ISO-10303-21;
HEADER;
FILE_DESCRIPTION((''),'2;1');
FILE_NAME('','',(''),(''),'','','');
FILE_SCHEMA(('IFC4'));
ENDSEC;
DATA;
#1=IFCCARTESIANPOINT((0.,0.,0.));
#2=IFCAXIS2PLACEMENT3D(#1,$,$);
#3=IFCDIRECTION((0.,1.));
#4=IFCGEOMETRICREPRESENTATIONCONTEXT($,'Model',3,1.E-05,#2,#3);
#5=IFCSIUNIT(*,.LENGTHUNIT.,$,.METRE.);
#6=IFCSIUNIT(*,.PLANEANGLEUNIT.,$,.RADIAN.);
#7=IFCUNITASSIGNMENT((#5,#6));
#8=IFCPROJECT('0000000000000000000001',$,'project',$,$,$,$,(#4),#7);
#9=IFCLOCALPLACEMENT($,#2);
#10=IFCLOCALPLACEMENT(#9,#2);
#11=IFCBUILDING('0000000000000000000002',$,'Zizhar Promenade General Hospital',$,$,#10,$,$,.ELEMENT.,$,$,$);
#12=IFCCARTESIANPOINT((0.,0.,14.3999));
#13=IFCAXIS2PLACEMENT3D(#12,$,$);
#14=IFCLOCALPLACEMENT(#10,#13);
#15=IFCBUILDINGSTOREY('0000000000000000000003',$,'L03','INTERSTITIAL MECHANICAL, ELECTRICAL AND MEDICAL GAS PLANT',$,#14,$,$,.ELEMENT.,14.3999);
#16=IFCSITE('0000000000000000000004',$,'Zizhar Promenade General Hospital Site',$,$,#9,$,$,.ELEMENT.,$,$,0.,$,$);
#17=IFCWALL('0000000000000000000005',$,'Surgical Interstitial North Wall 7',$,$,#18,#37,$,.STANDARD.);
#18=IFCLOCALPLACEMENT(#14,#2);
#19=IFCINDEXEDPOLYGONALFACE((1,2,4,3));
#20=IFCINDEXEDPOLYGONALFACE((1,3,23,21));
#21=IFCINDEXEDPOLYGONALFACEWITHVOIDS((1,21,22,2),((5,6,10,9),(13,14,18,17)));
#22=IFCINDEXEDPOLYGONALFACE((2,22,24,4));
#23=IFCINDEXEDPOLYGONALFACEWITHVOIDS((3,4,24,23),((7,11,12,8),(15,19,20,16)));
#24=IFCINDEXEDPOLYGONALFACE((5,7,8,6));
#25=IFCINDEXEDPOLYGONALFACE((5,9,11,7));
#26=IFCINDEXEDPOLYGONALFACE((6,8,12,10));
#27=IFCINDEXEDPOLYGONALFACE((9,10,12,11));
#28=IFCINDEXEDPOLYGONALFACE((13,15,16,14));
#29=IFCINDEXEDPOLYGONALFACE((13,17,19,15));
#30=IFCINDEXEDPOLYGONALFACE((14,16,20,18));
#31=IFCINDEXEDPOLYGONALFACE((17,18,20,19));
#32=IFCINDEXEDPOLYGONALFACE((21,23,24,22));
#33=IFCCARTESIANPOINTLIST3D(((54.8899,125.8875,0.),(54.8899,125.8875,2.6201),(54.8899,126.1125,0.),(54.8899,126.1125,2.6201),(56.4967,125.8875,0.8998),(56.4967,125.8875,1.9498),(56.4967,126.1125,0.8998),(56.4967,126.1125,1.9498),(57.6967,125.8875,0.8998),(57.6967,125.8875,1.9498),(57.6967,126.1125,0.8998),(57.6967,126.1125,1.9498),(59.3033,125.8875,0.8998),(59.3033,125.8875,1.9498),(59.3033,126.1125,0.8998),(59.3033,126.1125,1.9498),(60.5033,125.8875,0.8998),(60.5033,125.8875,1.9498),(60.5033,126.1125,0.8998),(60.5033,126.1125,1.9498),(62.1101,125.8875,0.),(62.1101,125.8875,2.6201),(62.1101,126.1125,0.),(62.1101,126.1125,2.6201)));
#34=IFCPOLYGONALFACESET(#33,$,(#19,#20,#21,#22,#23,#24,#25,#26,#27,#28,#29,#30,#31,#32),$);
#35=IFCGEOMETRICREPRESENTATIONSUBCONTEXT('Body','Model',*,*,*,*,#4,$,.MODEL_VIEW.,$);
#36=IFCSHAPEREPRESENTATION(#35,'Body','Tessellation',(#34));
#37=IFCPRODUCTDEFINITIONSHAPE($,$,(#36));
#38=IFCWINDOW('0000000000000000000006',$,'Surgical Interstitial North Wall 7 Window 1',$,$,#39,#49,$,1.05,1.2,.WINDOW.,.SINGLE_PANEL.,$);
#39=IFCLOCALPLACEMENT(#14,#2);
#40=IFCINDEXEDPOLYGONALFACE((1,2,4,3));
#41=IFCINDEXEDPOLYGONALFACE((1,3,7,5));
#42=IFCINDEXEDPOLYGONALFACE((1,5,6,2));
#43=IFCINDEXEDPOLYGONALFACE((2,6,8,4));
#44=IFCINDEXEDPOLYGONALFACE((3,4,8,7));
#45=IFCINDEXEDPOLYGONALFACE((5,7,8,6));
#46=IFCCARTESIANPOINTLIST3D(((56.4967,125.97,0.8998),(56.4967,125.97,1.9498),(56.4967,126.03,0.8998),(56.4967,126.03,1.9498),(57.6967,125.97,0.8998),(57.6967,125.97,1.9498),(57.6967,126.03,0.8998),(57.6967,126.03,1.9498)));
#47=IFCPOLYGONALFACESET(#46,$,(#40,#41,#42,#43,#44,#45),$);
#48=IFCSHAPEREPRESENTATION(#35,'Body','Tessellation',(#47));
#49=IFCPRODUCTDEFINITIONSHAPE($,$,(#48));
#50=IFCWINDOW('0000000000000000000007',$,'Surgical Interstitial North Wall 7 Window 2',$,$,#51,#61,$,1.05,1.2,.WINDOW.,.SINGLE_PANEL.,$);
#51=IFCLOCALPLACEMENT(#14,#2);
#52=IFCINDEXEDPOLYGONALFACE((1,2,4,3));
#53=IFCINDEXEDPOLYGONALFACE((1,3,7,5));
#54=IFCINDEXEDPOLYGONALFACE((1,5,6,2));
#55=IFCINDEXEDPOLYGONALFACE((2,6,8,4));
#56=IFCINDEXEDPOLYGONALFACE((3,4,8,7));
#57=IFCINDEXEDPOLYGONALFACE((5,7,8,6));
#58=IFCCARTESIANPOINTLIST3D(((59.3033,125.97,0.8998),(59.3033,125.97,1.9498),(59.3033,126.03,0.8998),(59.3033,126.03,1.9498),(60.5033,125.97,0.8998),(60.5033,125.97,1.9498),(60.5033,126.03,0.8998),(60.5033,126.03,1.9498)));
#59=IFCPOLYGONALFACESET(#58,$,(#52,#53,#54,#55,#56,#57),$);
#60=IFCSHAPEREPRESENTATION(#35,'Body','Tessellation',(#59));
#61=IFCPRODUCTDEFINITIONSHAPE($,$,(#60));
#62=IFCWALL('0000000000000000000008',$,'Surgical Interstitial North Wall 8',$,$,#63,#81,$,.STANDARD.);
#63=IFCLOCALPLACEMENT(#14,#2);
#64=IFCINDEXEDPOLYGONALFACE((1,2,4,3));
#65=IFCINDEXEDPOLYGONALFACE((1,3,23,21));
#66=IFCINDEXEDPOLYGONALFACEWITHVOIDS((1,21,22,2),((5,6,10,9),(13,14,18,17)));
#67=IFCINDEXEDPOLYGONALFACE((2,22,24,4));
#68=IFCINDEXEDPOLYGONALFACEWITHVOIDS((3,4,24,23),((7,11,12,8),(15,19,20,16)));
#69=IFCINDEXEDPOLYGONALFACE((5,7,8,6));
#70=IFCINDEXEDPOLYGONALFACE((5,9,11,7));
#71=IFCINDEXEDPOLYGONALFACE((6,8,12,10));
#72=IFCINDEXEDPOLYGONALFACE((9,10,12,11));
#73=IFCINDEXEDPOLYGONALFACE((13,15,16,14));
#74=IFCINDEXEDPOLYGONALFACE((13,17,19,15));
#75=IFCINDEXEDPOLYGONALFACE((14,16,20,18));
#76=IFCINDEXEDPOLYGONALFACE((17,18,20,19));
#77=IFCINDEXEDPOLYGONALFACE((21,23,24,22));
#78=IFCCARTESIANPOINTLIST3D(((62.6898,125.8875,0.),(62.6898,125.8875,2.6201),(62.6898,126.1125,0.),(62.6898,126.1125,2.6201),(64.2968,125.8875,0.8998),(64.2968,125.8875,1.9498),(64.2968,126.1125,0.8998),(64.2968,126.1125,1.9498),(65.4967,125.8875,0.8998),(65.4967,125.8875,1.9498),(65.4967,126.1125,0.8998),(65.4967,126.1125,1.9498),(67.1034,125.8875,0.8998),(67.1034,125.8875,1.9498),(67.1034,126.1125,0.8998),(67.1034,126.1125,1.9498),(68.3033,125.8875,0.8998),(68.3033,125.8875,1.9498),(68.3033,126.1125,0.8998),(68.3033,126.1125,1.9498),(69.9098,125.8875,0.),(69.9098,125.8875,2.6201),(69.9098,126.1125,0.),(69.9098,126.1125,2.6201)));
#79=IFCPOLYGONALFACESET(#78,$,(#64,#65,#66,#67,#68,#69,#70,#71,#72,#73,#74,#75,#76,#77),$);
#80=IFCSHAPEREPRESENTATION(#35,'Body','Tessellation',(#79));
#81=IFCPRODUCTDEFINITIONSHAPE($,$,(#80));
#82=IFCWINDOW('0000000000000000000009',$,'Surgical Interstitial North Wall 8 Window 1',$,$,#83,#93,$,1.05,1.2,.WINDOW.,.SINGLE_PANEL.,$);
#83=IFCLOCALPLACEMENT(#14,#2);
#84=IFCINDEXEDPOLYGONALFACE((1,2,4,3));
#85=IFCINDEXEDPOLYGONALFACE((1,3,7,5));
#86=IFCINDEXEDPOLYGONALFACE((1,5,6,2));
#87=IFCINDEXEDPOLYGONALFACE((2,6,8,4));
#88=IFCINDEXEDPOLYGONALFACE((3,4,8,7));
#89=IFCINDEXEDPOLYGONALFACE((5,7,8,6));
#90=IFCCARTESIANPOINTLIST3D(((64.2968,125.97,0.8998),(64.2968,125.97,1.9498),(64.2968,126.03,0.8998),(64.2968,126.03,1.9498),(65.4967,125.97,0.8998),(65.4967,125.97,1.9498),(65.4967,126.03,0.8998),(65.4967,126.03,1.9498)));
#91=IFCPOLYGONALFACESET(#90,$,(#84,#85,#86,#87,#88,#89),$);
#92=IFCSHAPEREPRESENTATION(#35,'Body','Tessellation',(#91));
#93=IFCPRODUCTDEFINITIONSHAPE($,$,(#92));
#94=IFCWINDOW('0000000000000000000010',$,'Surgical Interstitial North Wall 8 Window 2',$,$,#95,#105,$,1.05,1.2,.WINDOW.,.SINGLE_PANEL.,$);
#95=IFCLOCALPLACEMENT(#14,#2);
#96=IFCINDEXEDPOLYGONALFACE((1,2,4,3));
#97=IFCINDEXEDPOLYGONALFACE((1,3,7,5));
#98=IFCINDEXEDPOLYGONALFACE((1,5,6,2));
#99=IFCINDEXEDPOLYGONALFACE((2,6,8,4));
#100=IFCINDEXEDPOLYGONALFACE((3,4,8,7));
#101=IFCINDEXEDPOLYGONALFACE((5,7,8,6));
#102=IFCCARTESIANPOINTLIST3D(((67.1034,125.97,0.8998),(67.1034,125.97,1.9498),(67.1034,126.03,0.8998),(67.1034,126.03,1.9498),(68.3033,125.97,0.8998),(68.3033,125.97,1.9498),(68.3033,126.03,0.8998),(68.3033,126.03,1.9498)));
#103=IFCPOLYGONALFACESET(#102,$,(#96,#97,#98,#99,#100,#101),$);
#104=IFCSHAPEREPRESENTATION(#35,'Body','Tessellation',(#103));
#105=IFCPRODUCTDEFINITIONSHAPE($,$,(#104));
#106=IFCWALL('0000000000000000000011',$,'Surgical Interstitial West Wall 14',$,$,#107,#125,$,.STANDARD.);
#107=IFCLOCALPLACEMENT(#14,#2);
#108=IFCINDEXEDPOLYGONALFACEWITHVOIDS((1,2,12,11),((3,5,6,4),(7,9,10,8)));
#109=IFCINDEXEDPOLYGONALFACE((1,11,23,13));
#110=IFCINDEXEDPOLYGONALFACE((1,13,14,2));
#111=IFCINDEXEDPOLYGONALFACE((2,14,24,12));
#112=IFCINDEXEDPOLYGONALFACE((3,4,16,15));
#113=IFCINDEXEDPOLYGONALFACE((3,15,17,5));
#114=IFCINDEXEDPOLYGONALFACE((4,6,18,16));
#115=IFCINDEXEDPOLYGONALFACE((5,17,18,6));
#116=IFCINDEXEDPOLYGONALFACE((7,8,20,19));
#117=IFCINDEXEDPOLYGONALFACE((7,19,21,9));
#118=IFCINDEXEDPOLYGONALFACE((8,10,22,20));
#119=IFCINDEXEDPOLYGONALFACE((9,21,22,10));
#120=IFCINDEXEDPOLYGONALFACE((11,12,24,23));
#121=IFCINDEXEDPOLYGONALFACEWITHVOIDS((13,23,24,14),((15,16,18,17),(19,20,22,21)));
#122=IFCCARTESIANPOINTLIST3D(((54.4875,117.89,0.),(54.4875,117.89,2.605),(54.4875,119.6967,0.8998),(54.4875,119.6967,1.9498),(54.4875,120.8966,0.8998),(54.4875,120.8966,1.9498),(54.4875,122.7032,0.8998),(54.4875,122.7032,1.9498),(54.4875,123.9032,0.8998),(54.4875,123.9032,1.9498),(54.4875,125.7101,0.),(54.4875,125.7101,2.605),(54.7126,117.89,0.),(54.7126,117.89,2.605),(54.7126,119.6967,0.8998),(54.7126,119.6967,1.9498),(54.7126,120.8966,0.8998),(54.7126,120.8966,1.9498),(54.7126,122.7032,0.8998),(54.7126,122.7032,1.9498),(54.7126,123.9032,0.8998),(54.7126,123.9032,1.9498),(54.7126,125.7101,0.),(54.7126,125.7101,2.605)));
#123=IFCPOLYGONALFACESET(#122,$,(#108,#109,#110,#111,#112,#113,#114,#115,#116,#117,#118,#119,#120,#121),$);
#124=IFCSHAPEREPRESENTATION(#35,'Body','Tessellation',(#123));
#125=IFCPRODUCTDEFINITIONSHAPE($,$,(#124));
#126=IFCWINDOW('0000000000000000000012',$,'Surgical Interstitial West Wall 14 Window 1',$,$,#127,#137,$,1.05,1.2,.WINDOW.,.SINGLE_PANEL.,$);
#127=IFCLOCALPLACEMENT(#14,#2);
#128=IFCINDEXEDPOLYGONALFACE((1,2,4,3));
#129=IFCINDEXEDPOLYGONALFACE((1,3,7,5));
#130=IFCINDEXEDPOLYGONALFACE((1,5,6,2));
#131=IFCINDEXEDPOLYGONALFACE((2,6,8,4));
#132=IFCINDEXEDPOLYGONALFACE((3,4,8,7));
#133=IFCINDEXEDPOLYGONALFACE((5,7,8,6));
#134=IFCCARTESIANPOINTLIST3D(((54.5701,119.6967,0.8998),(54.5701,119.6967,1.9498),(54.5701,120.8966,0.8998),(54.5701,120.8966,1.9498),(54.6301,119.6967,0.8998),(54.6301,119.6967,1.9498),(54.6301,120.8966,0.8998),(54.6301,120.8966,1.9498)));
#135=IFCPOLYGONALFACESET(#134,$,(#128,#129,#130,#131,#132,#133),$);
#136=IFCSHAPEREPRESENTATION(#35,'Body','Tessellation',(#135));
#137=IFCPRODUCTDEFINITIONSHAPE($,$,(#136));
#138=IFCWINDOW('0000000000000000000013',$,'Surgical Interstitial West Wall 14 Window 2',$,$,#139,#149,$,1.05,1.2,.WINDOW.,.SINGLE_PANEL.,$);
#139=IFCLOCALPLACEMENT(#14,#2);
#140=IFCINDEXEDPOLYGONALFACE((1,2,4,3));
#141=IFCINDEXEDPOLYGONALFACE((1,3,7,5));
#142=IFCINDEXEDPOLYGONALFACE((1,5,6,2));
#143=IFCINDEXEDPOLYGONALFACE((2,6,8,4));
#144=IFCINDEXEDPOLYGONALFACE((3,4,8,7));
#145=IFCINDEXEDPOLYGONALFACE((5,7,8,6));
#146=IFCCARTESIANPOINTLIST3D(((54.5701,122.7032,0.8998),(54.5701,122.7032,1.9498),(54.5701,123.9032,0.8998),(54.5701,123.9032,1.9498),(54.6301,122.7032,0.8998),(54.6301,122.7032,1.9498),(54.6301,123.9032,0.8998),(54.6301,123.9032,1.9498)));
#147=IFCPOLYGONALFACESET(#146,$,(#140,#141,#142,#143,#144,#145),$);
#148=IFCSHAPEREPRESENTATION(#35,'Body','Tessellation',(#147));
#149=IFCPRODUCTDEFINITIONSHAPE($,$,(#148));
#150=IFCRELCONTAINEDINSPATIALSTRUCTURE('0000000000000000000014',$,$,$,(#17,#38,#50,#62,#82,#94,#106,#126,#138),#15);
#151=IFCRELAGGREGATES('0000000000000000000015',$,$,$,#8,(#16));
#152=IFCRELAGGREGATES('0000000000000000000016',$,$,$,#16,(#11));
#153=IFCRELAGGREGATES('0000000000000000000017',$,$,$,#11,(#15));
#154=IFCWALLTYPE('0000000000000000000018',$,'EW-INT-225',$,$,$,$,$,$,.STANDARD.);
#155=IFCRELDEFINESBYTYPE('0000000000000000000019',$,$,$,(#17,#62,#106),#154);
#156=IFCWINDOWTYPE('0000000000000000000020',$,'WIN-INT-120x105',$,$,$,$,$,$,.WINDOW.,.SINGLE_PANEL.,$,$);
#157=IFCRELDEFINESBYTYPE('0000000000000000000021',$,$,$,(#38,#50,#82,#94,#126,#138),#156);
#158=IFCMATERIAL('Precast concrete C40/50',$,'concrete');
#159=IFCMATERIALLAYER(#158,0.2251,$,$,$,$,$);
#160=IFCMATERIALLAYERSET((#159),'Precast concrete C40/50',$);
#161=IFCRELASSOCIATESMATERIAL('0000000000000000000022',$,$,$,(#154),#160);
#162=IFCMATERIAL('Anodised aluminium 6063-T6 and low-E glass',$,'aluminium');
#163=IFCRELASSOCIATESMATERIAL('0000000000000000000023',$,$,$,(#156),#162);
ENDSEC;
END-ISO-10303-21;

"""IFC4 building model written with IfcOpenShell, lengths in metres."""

from ifc_helpers import new_model, si_unit, direction, frame, frame_2d, origin, place, context, subcontext, project, spatial, rectangle, extrude, material, layer, layer_set, type_object, element, fill, save


model = new_model("IFC4")

# Units and contexts
model_context = context("Model", 3, precision=1e-05, world=origin(), true_north=direction((0.0, 1.0)))
body_context = subcontext(model_context, "Body", "Model", "MODEL_VIEW")
ifc_project = project(units=[si_unit("LENGTHUNIT", "METRE"), si_unit("PLANEANGLEUNIT", "RADIAN")], contexts=[model_context])

# Site, building, storey
site_placement = place(None, origin())
site = spatial("IfcSite", under=ifc_project, at=site_placement, Name="Zizhar Promenade General Hospital Site", CompositionType="ELEMENT", RefElevation=0.0)
building_placement = place(site_placement, origin())
building = spatial("IfcBuilding", under=site, at=building_placement, Name="Zizhar Promenade General Hospital", CompositionType="ELEMENT")
storey_placement = place(building_placement, frame((0.0, 0.0, 14.3999)))
storey = spatial("IfcBuildingStorey", under=building, at=storey_placement, Name="L03", Description="INTERSTITIAL MECHANICAL, ELECTRICAL AND MEDICAL GAS PLANT", CompositionType="ELEMENT", Elevation=14.3999)

# Walls, openings, windows
ifc_material_1 = material(Name="Precast concrete C40/50", Category="concrete")
ifc_layer_1 = layer(ifc_material_1, 0.2251)
ifc_layer_set_1 = layer_set([ifc_layer_1], Name="Precast concrete C40/50")
wall_type_1 = type_object("IfcWallType", Name="EW-INT-225", PredefinedType="STANDARD", material=ifc_layer_set_1)
wall_1_placement = place(storey_placement, frame((54.8899, 126.0, 0.0), z_axis=(0.0, 0.0, 1.0), x_axis=(1.0, 0.0, 0.0)))
wall_1 = element("IfcWall", 1, at=wall_1_placement, inside=storey, type_object=wall_type_1, Name="Surgical Interstitial North Wall 7", PredefinedType="STANDARD", context=body_context, shape_type="SweptSolid", body=[
    extrude(rectangle(XDim=7.2202, YDim=0.2251, at=frame_2d((3.6101, 0.0))), origin(), (0.0, 0.0, 1.0), 2.6201),
])
opening_1_placement = place(wall_1_placement, frame((1.6067, 0.0, 0.8999)))
opening_1 = element("IfcOpeningElement", 2, at=opening_1_placement, cuts=wall_1, PredefinedType="OPENING", context=body_context, shape_type="SweptSolid", body=[
    extrude(rectangle(XDim=1.2, YDim=1.05, at=frame_2d((0.6001, 0.5249))), frame((0.0, 0.1226, 0.0), z_axis=(0.0, -1.0, 0.0), x_axis=(1.0, 0.0, 0.0)), (0.0, 0.0, 1.0), 0.2451),
])
opening_2_placement = place(wall_1_placement, frame((4.4133, 0.0, 0.8999)))
opening_2 = element("IfcOpeningElement", 3, at=opening_2_placement, cuts=wall_1, PredefinedType="OPENING", context=body_context, shape_type="SweptSolid", body=[
    extrude(rectangle(XDim=1.2, YDim=1.05, at=frame_2d((0.6001, 0.5249))), frame((0.0, 0.1226, 0.0), z_axis=(0.0, -1.0, 0.0), x_axis=(1.0, 0.0, 0.0)), (0.0, 0.0, 1.0), 0.2451),
])
ifc_material_2 = material(Name="Anodised aluminium 6063-T6 and low-E glass", Category="aluminium")
window_type = type_object("IfcWindowType", Name="WIN-INT-120x105", PartitioningType="SINGLE_PANEL", PredefinedType="WINDOW", material=ifc_material_2)
window_1_placement = place(opening_1_placement, origin())
window_1 = element("IfcWindow", 4, at=window_1_placement, inside=storey, type_object=window_type, Name="Surgical Interstitial North Wall 7 Window 1", OverallHeight=1.05, OverallWidth=1.2, PartitioningType="SINGLE_PANEL", PredefinedType="WINDOW", context=body_context, shape_type="SweptSolid", body=[
    extrude(rectangle(XDim=1.2, YDim=1.05, at=frame_2d((0.6001, 0.5249))), frame((0.0, 0.03, 0.0), z_axis=(0.0, -1.0, 0.0), x_axis=(1.0, 0.0, 0.0)), (0.0, 0.0, 1.0), 0.0601),
])
fill(opening_1, window_1)
window_2_placement = place(opening_2_placement, origin())
window_2 = element("IfcWindow", 5, at=window_2_placement, inside=storey, type_object=window_type, Name="Surgical Interstitial North Wall 7 Window 2", OverallHeight=1.05, OverallWidth=1.2, PartitioningType="SINGLE_PANEL", PredefinedType="WINDOW", context=body_context, shape_type="SweptSolid", body=[
    extrude(rectangle(XDim=1.2, YDim=1.05, at=frame_2d((0.6001, 0.5249))), frame((0.0, 0.03, 0.0), z_axis=(0.0, -1.0, 0.0), x_axis=(1.0, 0.0, 0.0)), (0.0, 0.0, 1.0), 0.0601),
])
fill(opening_2, window_2)
wall_2_placement = place(storey_placement, frame((62.6899, 126.0, 0.0), z_axis=(0.0, 0.0, 1.0), x_axis=(1.0, 0.0, 0.0)))
wall_2 = element("IfcWall", 6, at=wall_2_placement, inside=storey, type_object=wall_type_1, Name="Surgical Interstitial North Wall 8", PredefinedType="STANDARD", context=body_context, shape_type="SweptSolid", body=[
    extrude(rectangle(XDim=7.22, YDim=0.2251, at=frame_2d((3.6099, 0.0))), origin(), (0.0, 0.0, 1.0), 2.6201),
])
opening_3_placement = place(wall_2_placement, frame((1.6067, 0.0, 0.8999)))
opening_3 = element("IfcOpeningElement", 7, at=opening_3_placement, cuts=wall_2, PredefinedType="OPENING", context=body_context, shape_type="SweptSolid", body=[
    extrude(rectangle(XDim=1.2, YDim=1.05, at=frame_2d((0.6001, 0.5249))), frame((0.0, 0.1226, 0.0), z_axis=(0.0, -1.0, 0.0), x_axis=(1.0, 0.0, 0.0)), (0.0, 0.0, 1.0), 0.2451),
])
opening_4_placement = place(wall_2_placement, frame((4.4133, 0.0, 0.8999)))
opening_4 = element("IfcOpeningElement", 8, at=opening_4_placement, cuts=wall_2, PredefinedType="OPENING", context=body_context, shape_type="SweptSolid", body=[
    extrude(rectangle(XDim=1.2, YDim=1.05, at=frame_2d((0.6001, 0.5249))), frame((0.0, 0.1226, 0.0), z_axis=(0.0, -1.0, 0.0), x_axis=(1.0, 0.0, 0.0)), (0.0, 0.0, 1.0), 0.2451),
])
window_3_placement = place(opening_3_placement, origin())
window_3 = element("IfcWindow", 9, at=window_3_placement, inside=storey, type_object=window_type, Name="Surgical Interstitial North Wall 8 Window 1", OverallHeight=1.05, OverallWidth=1.2, PartitioningType="SINGLE_PANEL", PredefinedType="WINDOW", context=body_context, shape_type="SweptSolid", body=[
    extrude(rectangle(XDim=1.2, YDim=1.05, at=frame_2d((0.6001, 0.5249))), frame((0.0, 0.03, 0.0), z_axis=(0.0, -1.0, 0.0), x_axis=(1.0, 0.0, 0.0)), (0.0, 0.0, 1.0), 0.0601),
])
fill(opening_3, window_3)
window_4_placement = place(opening_4_placement, origin())
window_4 = element("IfcWindow", 10, at=window_4_placement, inside=storey, type_object=window_type, Name="Surgical Interstitial North Wall 8 Window 2", OverallHeight=1.05, OverallWidth=1.2, PartitioningType="SINGLE_PANEL", PredefinedType="WINDOW", context=body_context, shape_type="SweptSolid", body=[
    extrude(rectangle(XDim=1.2, YDim=1.05, at=frame_2d((0.6001, 0.5249))), frame((0.0, 0.03, 0.0), z_axis=(0.0, -1.0, 0.0), x_axis=(1.0, 0.0, 0.0)), (0.0, 0.0, 1.0), 0.0601),
])
fill(opening_4, window_4)
wall_3_placement = place(storey_placement, frame((54.6001, 117.8899, 0.0), z_axis=(0.0, 0.0, 1.0), x_axis=(0.0, 1.0, 0.0)))
wall_3 = element("IfcWall", 11, at=wall_3_placement, inside=storey, type_object=wall_type_1, Name="Surgical Interstitial West Wall 14", PredefinedType="STANDARD", context=body_context, shape_type="SweptSolid", body=[
    extrude(rectangle(XDim=7.8201, YDim=0.2251, at=frame_2d((3.9102, 0.0))), origin(), (0.0, 0.0, 1.0), 2.605),
])
opening_5_placement = place(wall_3_placement, frame((1.8066, 0.0, 0.8999)))
opening_5 = element("IfcOpeningElement", 12, at=opening_5_placement, cuts=wall_3, PredefinedType="OPENING", context=body_context, shape_type="SweptSolid", body=[
    extrude(rectangle(XDim=1.2, YDim=1.05, at=frame_2d((0.6001, 0.5249))), frame((0.0, 0.1226, 0.0), z_axis=(0.0, -1.0, 0.0), x_axis=(1.0, 0.0, 0.0)), (0.0, 0.0, 1.0), 0.2451),
])
opening_6_placement = place(wall_3_placement, frame((4.8132, 0.0, 0.8999)))
opening_6 = element("IfcOpeningElement", 13, at=opening_6_placement, cuts=wall_3, PredefinedType="OPENING", context=body_context, shape_type="SweptSolid", body=[
    extrude(rectangle(XDim=1.2, YDim=1.05, at=frame_2d((0.6001, 0.5249))), frame((0.0, 0.1226, 0.0), z_axis=(0.0, -1.0, 0.0), x_axis=(1.0, 0.0, 0.0)), (0.0, 0.0, 1.0), 0.2451),
])
window_5_placement = place(opening_5_placement, origin())
window_5 = element("IfcWindow", 14, at=window_5_placement, inside=storey, type_object=window_type, Name="Surgical Interstitial West Wall 14 Window 1", OverallHeight=1.05, OverallWidth=1.2, PartitioningType="SINGLE_PANEL", PredefinedType="WINDOW", context=body_context, shape_type="SweptSolid", body=[
    extrude(rectangle(XDim=1.2, YDim=1.05, at=frame_2d((0.6001, 0.5249))), frame((0.0, 0.03, 0.0), z_axis=(0.0, -1.0, 0.0), x_axis=(1.0, 0.0, 0.0)), (0.0, 0.0, 1.0), 0.0601),
])
fill(opening_5, window_5)
window_6_placement = place(opening_6_placement, origin())
window_6 = element("IfcWindow", 15, at=window_6_placement, inside=storey, type_object=window_type, Name="Surgical Interstitial West Wall 14 Window 2", OverallHeight=1.05, OverallWidth=1.2, PartitioningType="SINGLE_PANEL", PredefinedType="WINDOW", context=body_context, shape_type="SweptSolid", body=[
    extrude(rectangle(XDim=1.2, YDim=1.05, at=frame_2d((0.6001, 0.5249))), frame((0.0, 0.03, 0.0), z_axis=(0.0, -1.0, 0.0), x_axis=(1.0, 0.0, 0.0)), (0.0, 0.0, 1.0), 0.0601),
])
fill(opening_6, window_6)

save(model, "model.ifc")
